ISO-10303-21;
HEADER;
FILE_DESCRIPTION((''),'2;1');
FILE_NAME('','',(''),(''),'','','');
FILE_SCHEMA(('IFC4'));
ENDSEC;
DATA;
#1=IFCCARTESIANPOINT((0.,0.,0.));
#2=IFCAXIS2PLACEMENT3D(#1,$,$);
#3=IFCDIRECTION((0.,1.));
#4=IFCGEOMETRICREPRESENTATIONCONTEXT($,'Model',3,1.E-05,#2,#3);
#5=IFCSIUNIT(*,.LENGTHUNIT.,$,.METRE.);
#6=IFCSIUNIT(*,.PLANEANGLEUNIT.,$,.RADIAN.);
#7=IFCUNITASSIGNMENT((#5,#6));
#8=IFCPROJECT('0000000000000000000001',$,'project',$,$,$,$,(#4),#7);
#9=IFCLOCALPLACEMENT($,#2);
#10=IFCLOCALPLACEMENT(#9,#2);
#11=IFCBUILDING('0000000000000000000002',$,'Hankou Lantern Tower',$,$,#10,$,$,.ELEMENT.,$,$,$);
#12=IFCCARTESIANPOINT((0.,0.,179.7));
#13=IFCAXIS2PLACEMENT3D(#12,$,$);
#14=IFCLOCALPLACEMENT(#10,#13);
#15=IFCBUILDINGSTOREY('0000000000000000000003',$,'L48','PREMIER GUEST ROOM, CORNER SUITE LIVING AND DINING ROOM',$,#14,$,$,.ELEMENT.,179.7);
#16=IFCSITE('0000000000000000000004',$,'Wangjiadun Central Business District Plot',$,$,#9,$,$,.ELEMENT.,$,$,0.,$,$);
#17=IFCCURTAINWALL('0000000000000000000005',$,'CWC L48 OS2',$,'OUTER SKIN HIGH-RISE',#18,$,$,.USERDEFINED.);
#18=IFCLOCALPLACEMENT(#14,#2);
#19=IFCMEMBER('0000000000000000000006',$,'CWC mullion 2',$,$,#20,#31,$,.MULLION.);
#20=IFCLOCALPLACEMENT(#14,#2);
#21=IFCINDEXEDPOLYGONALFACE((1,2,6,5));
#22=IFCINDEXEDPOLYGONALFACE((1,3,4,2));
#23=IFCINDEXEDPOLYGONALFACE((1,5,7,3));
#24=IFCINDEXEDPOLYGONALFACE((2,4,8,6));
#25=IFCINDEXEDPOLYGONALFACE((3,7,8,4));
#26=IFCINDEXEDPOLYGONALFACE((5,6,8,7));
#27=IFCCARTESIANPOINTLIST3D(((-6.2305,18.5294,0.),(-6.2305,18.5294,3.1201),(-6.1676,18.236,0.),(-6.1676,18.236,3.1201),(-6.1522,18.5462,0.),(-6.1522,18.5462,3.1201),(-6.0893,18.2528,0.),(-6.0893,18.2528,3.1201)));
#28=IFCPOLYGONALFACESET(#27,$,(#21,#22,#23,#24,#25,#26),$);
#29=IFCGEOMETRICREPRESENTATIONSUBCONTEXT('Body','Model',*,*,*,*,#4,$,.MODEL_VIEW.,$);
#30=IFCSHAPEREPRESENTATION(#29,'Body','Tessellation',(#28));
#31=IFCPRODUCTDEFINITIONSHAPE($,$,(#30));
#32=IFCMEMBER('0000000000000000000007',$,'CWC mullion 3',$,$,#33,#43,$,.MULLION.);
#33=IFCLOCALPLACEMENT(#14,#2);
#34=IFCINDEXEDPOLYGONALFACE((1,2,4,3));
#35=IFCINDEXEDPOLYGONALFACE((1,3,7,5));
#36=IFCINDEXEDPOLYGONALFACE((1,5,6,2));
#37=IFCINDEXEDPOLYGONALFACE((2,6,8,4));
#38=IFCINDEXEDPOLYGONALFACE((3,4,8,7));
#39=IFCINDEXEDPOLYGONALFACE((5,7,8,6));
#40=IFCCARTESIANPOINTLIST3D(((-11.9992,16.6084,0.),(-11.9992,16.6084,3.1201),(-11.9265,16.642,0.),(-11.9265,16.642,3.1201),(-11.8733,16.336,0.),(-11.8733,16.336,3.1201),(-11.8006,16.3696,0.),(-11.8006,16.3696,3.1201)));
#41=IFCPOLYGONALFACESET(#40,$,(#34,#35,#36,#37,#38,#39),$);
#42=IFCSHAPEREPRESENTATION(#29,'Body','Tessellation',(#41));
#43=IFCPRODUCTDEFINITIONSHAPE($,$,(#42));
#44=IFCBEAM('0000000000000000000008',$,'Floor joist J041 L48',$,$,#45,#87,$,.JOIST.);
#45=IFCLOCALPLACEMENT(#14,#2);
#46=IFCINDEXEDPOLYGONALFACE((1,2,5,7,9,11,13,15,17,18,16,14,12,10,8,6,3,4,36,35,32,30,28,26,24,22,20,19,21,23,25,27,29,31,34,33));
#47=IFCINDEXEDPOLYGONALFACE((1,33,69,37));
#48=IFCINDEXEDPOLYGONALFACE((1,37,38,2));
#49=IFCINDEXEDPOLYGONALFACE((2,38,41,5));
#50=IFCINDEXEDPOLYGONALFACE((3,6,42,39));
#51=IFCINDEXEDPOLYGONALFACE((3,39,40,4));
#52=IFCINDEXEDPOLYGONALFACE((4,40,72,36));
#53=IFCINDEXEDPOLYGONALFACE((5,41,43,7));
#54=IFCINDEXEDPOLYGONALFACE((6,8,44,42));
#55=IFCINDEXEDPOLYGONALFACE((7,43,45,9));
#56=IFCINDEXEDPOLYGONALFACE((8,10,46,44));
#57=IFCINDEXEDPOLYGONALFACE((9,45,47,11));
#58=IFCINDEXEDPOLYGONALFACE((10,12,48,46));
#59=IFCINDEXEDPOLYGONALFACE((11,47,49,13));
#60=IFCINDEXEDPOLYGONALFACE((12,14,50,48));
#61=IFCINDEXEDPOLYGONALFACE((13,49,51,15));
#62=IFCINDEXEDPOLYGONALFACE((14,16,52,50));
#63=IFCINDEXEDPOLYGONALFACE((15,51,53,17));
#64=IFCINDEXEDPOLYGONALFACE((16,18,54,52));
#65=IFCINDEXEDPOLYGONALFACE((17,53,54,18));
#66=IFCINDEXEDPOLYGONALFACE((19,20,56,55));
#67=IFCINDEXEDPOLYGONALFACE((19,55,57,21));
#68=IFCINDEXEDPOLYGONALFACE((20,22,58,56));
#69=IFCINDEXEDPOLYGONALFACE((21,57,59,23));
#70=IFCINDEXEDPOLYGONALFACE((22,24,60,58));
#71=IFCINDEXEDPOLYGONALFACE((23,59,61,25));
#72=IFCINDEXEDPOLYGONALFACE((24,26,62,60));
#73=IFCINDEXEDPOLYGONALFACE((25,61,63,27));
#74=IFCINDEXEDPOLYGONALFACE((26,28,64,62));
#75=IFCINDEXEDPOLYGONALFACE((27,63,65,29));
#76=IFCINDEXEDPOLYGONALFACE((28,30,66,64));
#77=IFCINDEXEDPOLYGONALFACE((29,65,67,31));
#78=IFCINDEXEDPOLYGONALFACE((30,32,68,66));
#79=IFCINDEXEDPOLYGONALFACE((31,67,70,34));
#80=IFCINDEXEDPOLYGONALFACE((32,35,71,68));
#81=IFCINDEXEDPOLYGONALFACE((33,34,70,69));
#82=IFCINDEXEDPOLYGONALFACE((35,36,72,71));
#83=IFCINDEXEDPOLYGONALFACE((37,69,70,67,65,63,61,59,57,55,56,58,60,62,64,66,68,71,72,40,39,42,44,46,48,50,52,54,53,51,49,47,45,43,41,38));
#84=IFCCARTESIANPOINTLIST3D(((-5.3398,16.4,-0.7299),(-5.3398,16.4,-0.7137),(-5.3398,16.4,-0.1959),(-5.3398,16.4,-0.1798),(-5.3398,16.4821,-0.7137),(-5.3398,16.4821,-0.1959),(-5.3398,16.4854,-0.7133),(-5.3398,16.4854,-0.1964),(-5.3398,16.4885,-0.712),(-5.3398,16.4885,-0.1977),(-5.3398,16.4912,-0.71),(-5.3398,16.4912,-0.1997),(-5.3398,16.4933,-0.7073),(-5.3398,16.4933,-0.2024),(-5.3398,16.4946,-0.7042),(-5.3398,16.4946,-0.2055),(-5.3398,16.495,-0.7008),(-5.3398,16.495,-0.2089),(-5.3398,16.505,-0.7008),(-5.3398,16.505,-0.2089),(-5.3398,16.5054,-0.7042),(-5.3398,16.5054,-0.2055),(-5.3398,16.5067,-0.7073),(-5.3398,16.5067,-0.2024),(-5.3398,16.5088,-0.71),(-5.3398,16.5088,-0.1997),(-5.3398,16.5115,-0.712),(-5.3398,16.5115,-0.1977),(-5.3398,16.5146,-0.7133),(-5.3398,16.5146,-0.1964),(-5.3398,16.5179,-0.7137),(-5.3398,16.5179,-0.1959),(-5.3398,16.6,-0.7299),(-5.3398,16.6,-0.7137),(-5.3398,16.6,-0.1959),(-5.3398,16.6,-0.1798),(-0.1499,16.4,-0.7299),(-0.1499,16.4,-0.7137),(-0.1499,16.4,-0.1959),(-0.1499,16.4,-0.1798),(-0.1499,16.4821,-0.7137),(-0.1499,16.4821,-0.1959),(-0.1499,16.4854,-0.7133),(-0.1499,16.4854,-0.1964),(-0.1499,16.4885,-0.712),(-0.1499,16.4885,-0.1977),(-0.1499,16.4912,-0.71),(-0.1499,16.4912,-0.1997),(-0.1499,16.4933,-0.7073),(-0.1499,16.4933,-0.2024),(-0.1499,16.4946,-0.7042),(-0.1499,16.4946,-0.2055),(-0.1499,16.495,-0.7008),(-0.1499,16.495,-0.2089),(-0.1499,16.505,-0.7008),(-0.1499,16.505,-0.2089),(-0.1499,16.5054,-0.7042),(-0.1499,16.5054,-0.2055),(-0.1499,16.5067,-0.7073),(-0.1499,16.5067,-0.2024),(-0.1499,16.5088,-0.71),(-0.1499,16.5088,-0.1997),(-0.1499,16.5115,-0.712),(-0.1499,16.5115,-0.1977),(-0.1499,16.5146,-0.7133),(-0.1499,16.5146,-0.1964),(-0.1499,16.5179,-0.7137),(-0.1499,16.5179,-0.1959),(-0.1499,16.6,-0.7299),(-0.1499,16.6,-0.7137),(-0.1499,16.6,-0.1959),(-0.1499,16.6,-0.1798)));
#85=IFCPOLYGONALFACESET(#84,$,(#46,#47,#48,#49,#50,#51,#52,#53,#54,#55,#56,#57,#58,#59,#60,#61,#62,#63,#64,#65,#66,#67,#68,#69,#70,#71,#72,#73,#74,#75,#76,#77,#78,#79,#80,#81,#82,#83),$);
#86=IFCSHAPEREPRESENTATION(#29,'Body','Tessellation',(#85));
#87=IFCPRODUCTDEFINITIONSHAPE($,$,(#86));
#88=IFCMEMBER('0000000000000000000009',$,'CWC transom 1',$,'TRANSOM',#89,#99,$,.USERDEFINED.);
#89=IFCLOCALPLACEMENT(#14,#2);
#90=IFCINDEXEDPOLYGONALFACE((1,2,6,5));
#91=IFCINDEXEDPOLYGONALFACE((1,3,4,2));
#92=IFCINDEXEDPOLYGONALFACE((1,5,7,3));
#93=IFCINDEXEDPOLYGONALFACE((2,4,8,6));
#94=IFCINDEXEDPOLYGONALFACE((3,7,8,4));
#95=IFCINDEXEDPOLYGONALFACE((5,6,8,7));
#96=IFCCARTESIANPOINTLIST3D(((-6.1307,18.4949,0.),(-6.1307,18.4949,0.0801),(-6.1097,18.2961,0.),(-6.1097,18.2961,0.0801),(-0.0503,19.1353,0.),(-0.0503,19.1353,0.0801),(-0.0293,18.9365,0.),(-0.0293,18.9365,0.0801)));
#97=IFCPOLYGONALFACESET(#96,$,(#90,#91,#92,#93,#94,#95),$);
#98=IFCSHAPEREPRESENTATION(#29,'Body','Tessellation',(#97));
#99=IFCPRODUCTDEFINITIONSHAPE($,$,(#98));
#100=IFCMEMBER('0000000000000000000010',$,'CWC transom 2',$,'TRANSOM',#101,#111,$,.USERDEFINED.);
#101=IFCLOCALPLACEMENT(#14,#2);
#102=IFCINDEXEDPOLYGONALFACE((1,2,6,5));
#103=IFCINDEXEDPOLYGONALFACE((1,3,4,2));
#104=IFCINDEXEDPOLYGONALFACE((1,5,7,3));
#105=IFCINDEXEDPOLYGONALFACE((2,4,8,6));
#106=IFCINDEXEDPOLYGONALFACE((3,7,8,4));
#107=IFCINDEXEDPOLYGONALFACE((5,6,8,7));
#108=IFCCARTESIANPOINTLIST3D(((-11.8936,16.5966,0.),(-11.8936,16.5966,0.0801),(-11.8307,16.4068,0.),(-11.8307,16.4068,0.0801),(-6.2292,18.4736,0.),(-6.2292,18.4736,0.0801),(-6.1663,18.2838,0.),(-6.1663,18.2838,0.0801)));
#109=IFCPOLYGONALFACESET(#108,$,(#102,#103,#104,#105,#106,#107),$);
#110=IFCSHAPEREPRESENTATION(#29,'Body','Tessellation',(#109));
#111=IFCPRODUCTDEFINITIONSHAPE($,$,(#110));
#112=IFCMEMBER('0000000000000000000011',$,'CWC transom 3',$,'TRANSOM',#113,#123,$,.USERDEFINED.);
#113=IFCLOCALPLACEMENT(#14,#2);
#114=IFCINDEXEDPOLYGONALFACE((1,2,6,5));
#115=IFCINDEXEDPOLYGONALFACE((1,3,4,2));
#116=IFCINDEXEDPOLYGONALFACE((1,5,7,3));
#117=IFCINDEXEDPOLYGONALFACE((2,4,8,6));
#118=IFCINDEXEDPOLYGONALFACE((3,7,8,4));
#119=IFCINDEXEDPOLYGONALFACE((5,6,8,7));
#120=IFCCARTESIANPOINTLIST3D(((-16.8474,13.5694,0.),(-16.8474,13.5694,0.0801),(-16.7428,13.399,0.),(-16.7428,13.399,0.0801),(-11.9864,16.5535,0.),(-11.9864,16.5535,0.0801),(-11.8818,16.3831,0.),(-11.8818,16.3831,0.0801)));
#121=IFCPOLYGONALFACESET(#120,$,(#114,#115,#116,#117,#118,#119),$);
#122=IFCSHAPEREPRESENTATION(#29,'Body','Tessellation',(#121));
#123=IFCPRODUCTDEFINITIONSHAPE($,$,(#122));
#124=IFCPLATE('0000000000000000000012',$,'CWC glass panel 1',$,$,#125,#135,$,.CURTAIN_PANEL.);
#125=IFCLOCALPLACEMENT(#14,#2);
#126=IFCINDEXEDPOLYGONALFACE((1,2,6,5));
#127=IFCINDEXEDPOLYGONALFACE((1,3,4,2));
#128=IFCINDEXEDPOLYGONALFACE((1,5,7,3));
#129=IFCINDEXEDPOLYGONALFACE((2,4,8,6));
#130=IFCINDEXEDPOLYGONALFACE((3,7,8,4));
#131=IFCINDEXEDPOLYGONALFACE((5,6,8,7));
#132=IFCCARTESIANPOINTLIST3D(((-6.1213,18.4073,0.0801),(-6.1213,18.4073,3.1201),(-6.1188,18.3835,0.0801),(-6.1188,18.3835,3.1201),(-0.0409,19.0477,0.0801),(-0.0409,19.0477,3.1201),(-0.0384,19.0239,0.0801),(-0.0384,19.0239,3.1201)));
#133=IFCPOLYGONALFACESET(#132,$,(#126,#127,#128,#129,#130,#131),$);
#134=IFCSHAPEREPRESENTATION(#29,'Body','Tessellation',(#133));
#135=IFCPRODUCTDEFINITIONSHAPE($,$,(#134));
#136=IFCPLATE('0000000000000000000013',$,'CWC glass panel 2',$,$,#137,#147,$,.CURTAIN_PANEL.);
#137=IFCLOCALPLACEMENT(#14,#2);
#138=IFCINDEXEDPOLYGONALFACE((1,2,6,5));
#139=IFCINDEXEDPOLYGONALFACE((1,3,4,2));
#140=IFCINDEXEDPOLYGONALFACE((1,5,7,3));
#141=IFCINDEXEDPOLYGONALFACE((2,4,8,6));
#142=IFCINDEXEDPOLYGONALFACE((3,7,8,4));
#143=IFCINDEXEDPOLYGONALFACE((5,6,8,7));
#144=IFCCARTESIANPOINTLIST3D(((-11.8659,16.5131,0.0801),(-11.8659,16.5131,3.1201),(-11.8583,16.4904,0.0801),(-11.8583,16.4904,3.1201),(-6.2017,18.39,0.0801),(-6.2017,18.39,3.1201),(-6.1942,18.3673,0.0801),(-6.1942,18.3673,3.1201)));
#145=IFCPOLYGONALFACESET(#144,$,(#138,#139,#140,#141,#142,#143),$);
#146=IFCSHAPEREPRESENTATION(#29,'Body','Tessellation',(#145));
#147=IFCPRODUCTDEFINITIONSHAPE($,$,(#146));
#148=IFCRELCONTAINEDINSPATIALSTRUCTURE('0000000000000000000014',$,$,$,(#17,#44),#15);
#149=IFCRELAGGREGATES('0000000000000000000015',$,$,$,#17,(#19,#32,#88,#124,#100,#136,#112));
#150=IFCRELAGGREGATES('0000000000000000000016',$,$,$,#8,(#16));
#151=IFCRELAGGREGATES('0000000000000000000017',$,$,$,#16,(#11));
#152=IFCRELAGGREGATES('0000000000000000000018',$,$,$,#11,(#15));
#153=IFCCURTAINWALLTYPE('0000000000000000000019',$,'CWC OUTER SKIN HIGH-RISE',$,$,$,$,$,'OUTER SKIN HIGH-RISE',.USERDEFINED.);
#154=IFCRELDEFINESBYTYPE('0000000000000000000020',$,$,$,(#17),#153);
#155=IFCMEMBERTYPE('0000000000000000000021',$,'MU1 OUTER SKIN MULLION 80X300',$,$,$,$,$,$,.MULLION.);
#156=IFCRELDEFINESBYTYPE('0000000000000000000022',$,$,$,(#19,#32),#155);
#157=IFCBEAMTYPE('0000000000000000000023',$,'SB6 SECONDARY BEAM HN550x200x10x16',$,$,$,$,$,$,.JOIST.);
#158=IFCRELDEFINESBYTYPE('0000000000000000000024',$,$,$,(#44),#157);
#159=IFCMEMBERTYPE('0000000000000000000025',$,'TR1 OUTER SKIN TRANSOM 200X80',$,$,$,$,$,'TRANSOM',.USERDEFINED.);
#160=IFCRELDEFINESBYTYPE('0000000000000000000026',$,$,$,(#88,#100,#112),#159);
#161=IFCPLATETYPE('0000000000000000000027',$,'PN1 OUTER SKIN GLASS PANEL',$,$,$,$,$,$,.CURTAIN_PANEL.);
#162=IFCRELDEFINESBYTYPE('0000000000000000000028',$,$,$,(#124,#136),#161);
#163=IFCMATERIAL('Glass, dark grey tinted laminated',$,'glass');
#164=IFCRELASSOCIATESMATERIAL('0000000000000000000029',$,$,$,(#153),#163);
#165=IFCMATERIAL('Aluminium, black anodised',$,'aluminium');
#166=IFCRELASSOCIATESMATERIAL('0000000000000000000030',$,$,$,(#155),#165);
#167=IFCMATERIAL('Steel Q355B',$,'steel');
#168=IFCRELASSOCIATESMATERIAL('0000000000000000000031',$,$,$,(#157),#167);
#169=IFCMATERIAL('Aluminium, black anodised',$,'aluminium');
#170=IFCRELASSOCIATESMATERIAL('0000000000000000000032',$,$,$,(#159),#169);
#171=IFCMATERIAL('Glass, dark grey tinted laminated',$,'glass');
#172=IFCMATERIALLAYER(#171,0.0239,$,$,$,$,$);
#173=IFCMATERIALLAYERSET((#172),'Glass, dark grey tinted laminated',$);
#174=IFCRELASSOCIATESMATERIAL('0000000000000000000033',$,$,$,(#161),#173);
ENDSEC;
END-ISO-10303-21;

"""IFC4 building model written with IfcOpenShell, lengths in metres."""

from ifc_helpers import new_model, si_unit, direction, frame, origin, origin_2d, place, context, subcontext, project, spatial, rectangle, i_section, extrude, material, layer, layer_set, material_profile, profile_set, type_object, element, aggregate, save


model = new_model("IFC4")

# Units and contexts
model_context = context("Model", 3, precision=1e-05, world=origin(), true_north=direction((0.0, 1.0)))
body_context = subcontext(model_context, "Body", "Model", "MODEL_VIEW")
ifc_project = project(units=[si_unit("LENGTHUNIT", "METRE"), si_unit("PLANEANGLEUNIT", "RADIAN")], contexts=[model_context])

# Site, building, storey
site_placement = place(None, origin())
site = spatial("IfcSite", under=ifc_project, at=site_placement, Name="Wangjiadun Central Business District Plot", CompositionType="ELEMENT", RefElevation=0.0)
building_placement = place(site_placement, origin())
building = spatial("IfcBuilding", under=site, at=building_placement, Name="Hankou Lantern Tower", CompositionType="ELEMENT")
storey_placement = place(building_placement, frame((0.0, 0.0, 179.7)))
storey = spatial("IfcBuildingStorey", under=building, at=storey_placement, Name="L48", Description="PREMIER GUEST ROOM, CORNER SUITE LIVING AND DINING ROOM", CompositionType="ELEMENT", Elevation=179.7)

# Curtain wall, members
ifc_material_1 = material(Name="Glass, dark grey tinted laminated", Category="glass")
curtain_wall_type = type_object("IfcCurtainWallType", Name="CWC OUTER SKIN HIGH-RISE", ElementType="OUTER SKIN HIGH-RISE", PredefinedType="USERDEFINED", material=ifc_material_1)
curtain_wall_placement = place(storey_placement, origin())
curtain_wall = element("IfcCurtainWall", 1, at=curtain_wall_placement, inside=storey, type_object=curtain_wall_type, Name="CWC L48 OS2", ObjectType="OUTER SKIN HIGH-RISE", PredefinedType="USERDEFINED")
ifc_material_2 = material(Name="Aluminium, black anodised", Category="aluminium")
ifc_material_profile_1 = material_profile(ifc_material_2, rectangle(XDim=0.0801, YDim=0.3, at=origin_2d()), Name="MU1 80X300")
ifc_profile_set_1 = profile_set([ifc_material_profile_1], Name="Aluminium, black anodised")
member_type_1 = type_object("IfcMemberType", Name="MU1 OUTER SKIN MULLION 80X300", PredefinedType="MULLION", material=ifc_profile_set_1)
member_1_placement = place(storey_placement, frame((-6.1599, 18.3911, 0.0), z_axis=(0.0, 0.0, 1.0), x_axis=(-0.977788, -0.209598, 0.0)))
member_1 = element("IfcMember", 2, at=member_1_placement, type_object=member_type_1, Name="CWC mullion 2", PredefinedType="MULLION", context=body_context, shape_type="SweptSolid", body=[
    extrude(rectangle(XDim=0.0801, YDim=0.3, at=origin_2d()), origin(), (0.0, 0.0, 1.0), 3.1201),
])
member_2_placement = place(storey_placement, frame((-11.8999, 16.489, 0.0), z_axis=(0.0, 0.0, 1.0), x_axis=(-0.907841, -0.419314, 0.0)))
member_2 = element("IfcMember", 3, at=member_2_placement, type_object=member_type_1, Name="CWC mullion 3", PredefinedType="MULLION", context=body_context, shape_type="SweptSolid", body=[
    extrude(rectangle(XDim=0.0801, YDim=0.3, at=origin_2d()), origin(), (0.0, 0.0, 1.0), 3.1201),
])

# Beam
ifc_material_3 = material(Name="Steel Q355B", Category="steel")
ifc_material_profile_2 = material_profile(ifc_material_3, i_section(OverallWidth=0.2, OverallDepth=0.55, WebThickness=0.01, FlangeThickness=0.0161, FilletRadius=0.0129, at=origin_2d()), Name="HN550x200x10x16")
ifc_profile_set_2 = profile_set([ifc_material_profile_2], Name="Steel Q355B")
beam_type_1 = type_object("IfcBeamType", Name="SB6 SECONDARY BEAM HN550x200x10x16", PredefinedType="JOIST", material=ifc_profile_set_2)
beam_1_placement = place(storey_placement, frame((-5.3398, 16.5, -0.4548), z_axis=(1.0, 0.0, 0.0), x_axis=(0.0, 1.0, 0.0)))
element("IfcBeam", 4, at=beam_1_placement, inside=storey, type_object=beam_type_1, Name="Floor joist J041 L48", PredefinedType="JOIST", context=body_context, shape_type="SweptSolid", body=[
    extrude(i_section(OverallWidth=0.2, OverallDepth=0.55, WebThickness=0.01, FlangeThickness=0.0161, FilletRadius=0.0129, at=origin_2d()), origin(), (0.0, 0.0, 1.0), 5.1899),
])

# Members
ifc_material_4 = material(Name="Aluminium, black anodised", Category="aluminium")
ifc_material_profile_3 = material_profile(ifc_material_4, rectangle(XDim=0.2, YDim=0.0801, at=origin_2d()), Name="TR1 200X80")
ifc_profile_set_3 = profile_set([ifc_material_profile_3], Name="Aluminium, black anodised")
member_type_2 = type_object("IfcMemberType", Name="TR1 OUTER SKIN TRANSOM 200X80", ElementType="TRANSOM", PredefinedType="USERDEFINED", material=ifc_profile_set_3)
member_3_placement = place(storey_placement, frame((-0.0398, 19.0359, 0.04), z_axis=(-0.9945, -0.104741, 0.0), x_axis=(0.104741, -0.9945, 0.0)))
member_3 = element("IfcMember", 5, at=member_3_placement, type_object=member_type_2, Name="CWC transom 1", ObjectType="TRANSOM", PredefinedType="USERDEFINED", context=body_context, shape_type="SweptSolid", body=[
    extrude(rectangle(XDim=0.2, YDim=0.0801, at=origin_2d()), origin(), (0.0, 0.0, 1.0), 6.114),
])
member_4_placement = place(storey_placement, frame((-6.1978, 18.3787, 0.04), z_axis=(-0.949242, -0.314546, 0.0), x_axis=(0.314546, -0.949242, 0.0)))
member_4 = element("IfcMember", 6, at=member_4_placement, type_object=member_type_2, Name="CWC transom 2", ObjectType="TRANSOM", PredefinedType="USERDEFINED", context=body_context, shape_type="SweptSolid", body=[
    extrude(rectangle(XDim=0.2, YDim=0.0801, at=origin_2d()), origin(), (0.0, 0.0, 1.0), 5.9673),
])
member_5_placement = place(storey_placement, frame((-11.9341, 16.4683, 0.04), z_axis=(-0.852229, -0.523168, 0.0), x_axis=(0.523168, -0.852229, 0.0)))
member_5 = element("IfcMember", 7, at=member_5_placement, type_object=member_type_2, Name="CWC transom 3", ObjectType="TRANSOM", PredefinedType="USERDEFINED", context=body_context, shape_type="SweptSolid", body=[
    extrude(rectangle(XDim=0.2, YDim=0.0801, at=origin_2d()), origin(), (0.0, 0.0, 1.0), 5.7039),
])

# Plates
ifc_material_5 = material(Name="Glass, dark grey tinted laminated", Category="glass")
ifc_layer_1 = layer(ifc_material_5, 0.0239)
ifc_layer_set_1 = layer_set([ifc_layer_1], Name="Glass, dark grey tinted laminated")
plate_type = type_object("IfcPlateType", Name="PN1 OUTER SKIN GLASS PANEL", PredefinedType="CURTAIN_PANEL", material=ifc_layer_set_1)
plate_1_placement = place(storey_placement, frame((-3.0798, 18.7156, 0.0801), z_axis=(0.0, 0.0, 1.0), x_axis=(-0.994499, -0.104743, 0.0)))
plate_1 = element("IfcPlate", 8, at=plate_1_placement, type_object=plate_type, Name="CWC glass panel 1", PredefinedType="CURTAIN_PANEL", context=body_context, shape_type="SweptSolid", body=[
    extrude(rectangle(XDim=6.114, YDim=0.0239, at=origin_2d()), origin(), (0.0, 0.0, 1.0), 3.04),
])
plate_2_placement = place(storey_placement, frame((-9.03, 17.4402, 0.0801), z_axis=(0.0, 0.0, 1.0), x_axis=(-0.949241, -0.314551, 0.0)))
plate_2 = element("IfcPlate", 9, at=plate_2_placement, type_object=plate_type, Name="CWC glass panel 2", PredefinedType="CURTAIN_PANEL", context=body_context, shape_type="SweptSolid", body=[
    extrude(rectangle(XDim=5.967, YDim=0.0239, at=origin_2d()), origin(), (0.0, 0.0, 1.0), 3.04),
])
aggregate(curtain_wall, [member_1, member_2, member_3, plate_1, member_4, plate_2, member_5])

save(model, "model.ifc")
